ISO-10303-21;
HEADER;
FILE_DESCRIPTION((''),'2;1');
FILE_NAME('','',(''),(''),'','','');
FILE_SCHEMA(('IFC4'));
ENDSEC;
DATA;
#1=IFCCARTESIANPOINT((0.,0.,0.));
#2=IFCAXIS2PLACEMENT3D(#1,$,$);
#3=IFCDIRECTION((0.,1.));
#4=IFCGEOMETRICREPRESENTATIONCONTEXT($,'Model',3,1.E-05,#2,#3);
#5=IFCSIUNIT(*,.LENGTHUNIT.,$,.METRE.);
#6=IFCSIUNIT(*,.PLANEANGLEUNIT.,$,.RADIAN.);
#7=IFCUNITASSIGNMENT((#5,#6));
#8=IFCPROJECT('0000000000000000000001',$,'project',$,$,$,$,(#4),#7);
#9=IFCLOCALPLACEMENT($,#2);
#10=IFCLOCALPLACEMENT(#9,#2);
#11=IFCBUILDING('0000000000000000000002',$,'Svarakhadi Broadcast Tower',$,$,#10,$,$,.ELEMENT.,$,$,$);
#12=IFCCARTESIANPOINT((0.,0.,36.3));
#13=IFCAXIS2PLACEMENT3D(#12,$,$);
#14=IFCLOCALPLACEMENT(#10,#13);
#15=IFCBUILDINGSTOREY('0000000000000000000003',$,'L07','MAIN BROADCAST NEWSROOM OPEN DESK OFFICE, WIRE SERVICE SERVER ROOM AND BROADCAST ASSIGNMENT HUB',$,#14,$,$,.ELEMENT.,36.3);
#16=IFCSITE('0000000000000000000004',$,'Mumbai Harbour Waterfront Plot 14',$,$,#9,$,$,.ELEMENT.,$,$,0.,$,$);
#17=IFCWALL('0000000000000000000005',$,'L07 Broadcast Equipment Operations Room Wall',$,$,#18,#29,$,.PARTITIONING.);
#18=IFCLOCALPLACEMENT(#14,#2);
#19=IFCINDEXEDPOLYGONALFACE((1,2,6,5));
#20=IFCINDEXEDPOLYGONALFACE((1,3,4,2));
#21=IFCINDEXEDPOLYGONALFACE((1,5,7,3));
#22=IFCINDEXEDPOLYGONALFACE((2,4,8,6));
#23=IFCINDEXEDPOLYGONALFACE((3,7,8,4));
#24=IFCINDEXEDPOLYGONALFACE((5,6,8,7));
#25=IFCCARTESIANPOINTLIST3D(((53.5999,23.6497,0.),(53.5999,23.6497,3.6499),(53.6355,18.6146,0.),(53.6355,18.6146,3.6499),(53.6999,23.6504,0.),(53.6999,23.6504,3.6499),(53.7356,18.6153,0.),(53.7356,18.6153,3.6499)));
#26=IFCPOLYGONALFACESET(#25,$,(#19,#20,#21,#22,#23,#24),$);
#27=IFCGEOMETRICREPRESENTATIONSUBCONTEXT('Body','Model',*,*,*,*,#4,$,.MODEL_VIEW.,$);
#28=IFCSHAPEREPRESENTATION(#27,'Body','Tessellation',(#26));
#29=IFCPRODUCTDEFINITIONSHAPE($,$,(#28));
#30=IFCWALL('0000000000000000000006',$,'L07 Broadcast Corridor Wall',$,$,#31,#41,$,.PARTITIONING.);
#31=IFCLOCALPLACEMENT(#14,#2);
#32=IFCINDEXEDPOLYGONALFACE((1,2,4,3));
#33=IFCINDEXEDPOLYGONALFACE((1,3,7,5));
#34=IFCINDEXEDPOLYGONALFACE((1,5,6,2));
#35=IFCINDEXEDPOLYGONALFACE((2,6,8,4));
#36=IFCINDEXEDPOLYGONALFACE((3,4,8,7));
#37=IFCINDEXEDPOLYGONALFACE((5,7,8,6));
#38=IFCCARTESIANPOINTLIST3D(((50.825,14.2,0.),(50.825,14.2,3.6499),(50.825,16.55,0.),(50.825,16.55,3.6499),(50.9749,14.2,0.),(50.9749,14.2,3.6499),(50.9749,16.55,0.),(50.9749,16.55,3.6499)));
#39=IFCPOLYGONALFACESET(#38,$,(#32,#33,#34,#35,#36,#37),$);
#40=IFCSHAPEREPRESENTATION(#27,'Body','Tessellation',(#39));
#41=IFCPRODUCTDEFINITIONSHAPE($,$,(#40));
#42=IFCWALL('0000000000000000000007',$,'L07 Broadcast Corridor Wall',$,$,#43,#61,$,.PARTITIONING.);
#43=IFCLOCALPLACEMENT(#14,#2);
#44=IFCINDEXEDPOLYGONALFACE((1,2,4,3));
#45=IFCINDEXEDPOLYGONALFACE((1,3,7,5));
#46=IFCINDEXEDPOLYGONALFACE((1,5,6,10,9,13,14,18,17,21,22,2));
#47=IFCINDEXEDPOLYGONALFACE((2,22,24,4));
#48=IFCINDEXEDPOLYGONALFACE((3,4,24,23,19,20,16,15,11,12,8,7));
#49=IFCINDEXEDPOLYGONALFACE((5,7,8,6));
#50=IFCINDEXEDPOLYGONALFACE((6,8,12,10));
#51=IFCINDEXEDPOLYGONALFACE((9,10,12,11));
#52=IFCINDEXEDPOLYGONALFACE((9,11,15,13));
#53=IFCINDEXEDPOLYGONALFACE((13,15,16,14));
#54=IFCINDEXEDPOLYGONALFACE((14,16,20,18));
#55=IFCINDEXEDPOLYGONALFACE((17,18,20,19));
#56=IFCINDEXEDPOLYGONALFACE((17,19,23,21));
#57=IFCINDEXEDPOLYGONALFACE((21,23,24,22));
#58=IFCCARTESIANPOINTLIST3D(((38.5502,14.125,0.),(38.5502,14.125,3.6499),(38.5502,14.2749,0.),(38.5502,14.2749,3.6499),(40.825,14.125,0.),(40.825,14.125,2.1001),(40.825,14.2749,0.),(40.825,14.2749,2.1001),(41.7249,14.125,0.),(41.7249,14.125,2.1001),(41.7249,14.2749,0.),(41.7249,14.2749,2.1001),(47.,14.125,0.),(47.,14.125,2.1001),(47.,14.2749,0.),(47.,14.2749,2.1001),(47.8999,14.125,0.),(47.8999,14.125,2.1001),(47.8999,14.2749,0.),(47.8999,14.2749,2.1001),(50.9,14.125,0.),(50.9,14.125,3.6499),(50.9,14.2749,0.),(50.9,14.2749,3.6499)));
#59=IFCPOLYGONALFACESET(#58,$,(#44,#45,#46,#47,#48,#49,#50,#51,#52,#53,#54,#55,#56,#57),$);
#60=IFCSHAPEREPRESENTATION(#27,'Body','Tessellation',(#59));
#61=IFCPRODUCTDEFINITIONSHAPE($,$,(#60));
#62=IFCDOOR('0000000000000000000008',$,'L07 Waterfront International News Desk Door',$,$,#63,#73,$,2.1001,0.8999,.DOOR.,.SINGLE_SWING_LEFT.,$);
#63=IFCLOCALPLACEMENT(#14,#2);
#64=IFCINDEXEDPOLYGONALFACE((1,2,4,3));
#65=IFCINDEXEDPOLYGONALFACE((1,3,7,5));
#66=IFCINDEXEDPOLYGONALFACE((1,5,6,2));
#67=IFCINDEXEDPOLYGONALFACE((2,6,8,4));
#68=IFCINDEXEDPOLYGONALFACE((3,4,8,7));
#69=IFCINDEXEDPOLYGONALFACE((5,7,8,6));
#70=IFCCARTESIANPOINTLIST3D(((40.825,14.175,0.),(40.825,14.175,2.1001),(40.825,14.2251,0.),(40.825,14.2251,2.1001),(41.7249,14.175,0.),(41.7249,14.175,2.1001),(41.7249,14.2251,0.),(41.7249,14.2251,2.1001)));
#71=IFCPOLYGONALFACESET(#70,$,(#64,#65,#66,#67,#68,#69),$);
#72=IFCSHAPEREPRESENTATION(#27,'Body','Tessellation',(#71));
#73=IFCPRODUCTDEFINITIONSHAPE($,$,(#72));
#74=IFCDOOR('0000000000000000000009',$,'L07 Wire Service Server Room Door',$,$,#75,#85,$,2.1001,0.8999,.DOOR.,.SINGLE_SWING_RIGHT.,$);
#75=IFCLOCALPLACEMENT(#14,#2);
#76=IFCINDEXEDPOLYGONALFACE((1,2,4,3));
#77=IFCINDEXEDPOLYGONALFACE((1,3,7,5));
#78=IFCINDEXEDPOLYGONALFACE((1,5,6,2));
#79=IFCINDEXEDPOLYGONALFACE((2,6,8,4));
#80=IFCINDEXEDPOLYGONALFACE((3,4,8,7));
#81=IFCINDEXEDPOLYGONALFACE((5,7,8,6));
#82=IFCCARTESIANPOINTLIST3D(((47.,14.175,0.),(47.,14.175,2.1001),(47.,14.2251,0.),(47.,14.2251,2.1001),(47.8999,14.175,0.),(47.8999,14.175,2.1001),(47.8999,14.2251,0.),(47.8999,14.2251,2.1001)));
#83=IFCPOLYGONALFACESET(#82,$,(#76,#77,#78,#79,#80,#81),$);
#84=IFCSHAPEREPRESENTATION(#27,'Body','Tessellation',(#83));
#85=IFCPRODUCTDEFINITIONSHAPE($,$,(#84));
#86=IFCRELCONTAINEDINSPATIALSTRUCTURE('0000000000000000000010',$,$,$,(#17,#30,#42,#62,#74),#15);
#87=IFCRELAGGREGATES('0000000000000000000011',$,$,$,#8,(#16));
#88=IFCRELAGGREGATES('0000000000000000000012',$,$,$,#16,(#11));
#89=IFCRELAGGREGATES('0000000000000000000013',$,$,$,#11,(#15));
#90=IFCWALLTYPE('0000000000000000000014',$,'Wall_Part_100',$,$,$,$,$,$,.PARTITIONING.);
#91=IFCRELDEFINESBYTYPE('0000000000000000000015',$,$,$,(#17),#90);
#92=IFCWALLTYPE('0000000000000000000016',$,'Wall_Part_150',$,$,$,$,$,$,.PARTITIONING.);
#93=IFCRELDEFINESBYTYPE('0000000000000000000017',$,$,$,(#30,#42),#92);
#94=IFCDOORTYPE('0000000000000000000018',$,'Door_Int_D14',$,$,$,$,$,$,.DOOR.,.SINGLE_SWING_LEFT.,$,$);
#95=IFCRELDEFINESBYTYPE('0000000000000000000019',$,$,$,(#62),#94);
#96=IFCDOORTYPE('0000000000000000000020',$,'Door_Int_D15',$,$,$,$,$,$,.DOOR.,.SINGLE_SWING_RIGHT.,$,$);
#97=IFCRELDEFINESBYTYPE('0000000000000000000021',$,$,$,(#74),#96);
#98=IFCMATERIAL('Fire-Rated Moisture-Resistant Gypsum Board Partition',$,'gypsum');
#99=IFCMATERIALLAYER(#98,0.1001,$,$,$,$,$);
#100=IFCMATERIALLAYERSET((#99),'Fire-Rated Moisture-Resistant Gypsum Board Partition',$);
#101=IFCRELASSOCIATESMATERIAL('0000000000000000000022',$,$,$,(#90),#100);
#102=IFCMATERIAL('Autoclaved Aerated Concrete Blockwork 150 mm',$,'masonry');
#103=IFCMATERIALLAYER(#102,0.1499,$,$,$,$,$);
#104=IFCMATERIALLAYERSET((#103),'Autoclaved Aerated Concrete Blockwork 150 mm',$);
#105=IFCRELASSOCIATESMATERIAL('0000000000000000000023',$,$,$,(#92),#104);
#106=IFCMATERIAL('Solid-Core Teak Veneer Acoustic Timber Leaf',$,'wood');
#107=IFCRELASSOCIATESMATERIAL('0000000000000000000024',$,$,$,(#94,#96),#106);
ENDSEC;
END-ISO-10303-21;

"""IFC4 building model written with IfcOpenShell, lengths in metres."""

from ifc_helpers import new_model, si_unit, direction, frame, frame_2d, origin, place, context, subcontext, project, spatial, rectangle, extrude, material, layer, layer_set, type_object, element, fill, save


model = new_model("IFC4")

# Units and contexts
model_context = context("Model", 3, precision=1e-05, world=origin(), true_north=direction((0.0, 1.0)))
body_context = subcontext(model_context, "Body", "Model", "MODEL_VIEW")
ifc_project = project(units=[si_unit("LENGTHUNIT", "METRE"), si_unit("PLANEANGLEUNIT", "RADIAN")], contexts=[model_context])

# Site, building, storey
site_placement = place(None, origin())
site = spatial("IfcSite", under=ifc_project, at=site_placement, Name="Mumbai Harbour Waterfront Plot 14", CompositionType="ELEMENT", RefElevation=0.0)
building_placement = place(site_placement, origin())
building = spatial("IfcBuilding", under=site, at=building_placement, Name="Svarakhadi Broadcast Tower", CompositionType="ELEMENT")
storey_placement = place(building_placement, frame((0.0, 0.0, 36.3)))
storey = spatial("IfcBuildingStorey", under=building, at=storey_placement, Name="L07", Description="MAIN BROADCAST NEWSROOM OPEN DESK OFFICE, WIRE SERVICE SERVER ROOM AND BROADCAST ASSIGNMENT HUB", CompositionType="ELEMENT", Elevation=36.3)

# Walls
ifc_material_1 = material(Name="Fire-Rated Moisture-Resistant Gypsum Board Partition", Category="gypsum")
ifc_layer_1 = layer(ifc_material_1, 0.1001)
ifc_layer_set_1 = layer_set([ifc_layer_1], Name="Fire-Rated Moisture-Resistant Gypsum Board Partition")
wall_type_1 = type_object("IfcWallType", Name="Wall_Part_100", PredefinedType="PARTITIONING", material=ifc_layer_set_1)
wall_1_placement = place(storey_placement, frame((53.6855, 18.615, 0.0), z_axis=(0.0, 0.0, 1.0), x_axis=(-0.007079, 0.999975, 0.0)))
element("IfcWall", 1, at=wall_1_placement, inside=storey, type_object=wall_type_1, Name="L07 Broadcast Equipment Operations Room Wall", PredefinedType="PARTITIONING", context=body_context, shape_type="SweptSolid", body=[
    extrude(rectangle(XDim=5.0352, YDim=0.1001, at=frame_2d((2.5176, 0.0))), origin(), (0.0, 0.0, 1.0), 3.6499),
])
ifc_material_2 = material(Name="Autoclaved Aerated Concrete Blockwork 150 mm", Category="masonry")
ifc_layer_2 = layer(ifc_material_2, 0.1499)
ifc_layer_set_2 = layer_set([ifc_layer_2], Name="Autoclaved Aerated Concrete Blockwork 150 mm")
wall_type_2 = type_object("IfcWallType", Name="Wall_Part_150", PredefinedType="PARTITIONING", material=ifc_layer_set_2)
wall_2_placement = place(storey_placement, frame((50.8999, 16.55, 0.0), z_axis=(0.0, 0.0, 1.0), x_axis=(0.0, -1.0, 0.0)))
element("IfcWall", 2, at=wall_2_placement, inside=storey, type_object=wall_type_2, Name="L07 Broadcast Corridor Wall", PredefinedType="PARTITIONING", context=body_context, shape_type="SweptSolid", body=[
    extrude(rectangle(XDim=2.3501, YDim=0.1499, at=frame_2d((1.175, 0.0))), origin(), (0.0, 0.0, 1.0), 3.6499),
])

# Wall, openings, doors
wall_3_placement = place(storey_placement, frame((50.8999, 14.2, 0.0), z_axis=(0.0, 0.0, 1.0), x_axis=(-1.0, 0.0, 0.0)))
wall_3 = element("IfcWall", 3, at=wall_3_placement, inside=storey, type_object=wall_type_2, Name="L07 Broadcast Corridor Wall", PredefinedType="PARTITIONING", context=body_context, shape_type="SweptSolid", body=[
    extrude(rectangle(XDim=12.3499, YDim=0.1499, at=frame_2d((6.1748, 0.0))), origin(), (0.0, 0.0, 1.0), 3.6499),
])
opening_1_placement = place(wall_3_placement, frame((9.175, 0.0, 0.0)))
opening_1 = element("IfcOpeningElement", 4, at=opening_1_placement, cuts=wall_3, PredefinedType="OPENING", context=body_context, shape_type="SweptSolid", body=[
    extrude(rectangle(XDim=0.8999, YDim=2.1001, at=frame_2d((0.45, 1.05))), frame((0.0, 0.085, 0.0), z_axis=(0.0, -1.0, 0.0), x_axis=(1.0, 0.0, 0.0)), (0.0, 0.0, 1.0), 0.1699),
])
opening_2_placement = place(wall_3_placement, frame((3.0, 0.0, 0.0)))
opening_2 = element("IfcOpeningElement", 5, at=opening_2_placement, cuts=wall_3, PredefinedType="OPENING", context=body_context, shape_type="SweptSolid", body=[
    extrude(rectangle(XDim=0.8999, YDim=2.1001, at=frame_2d((0.45, 1.05))), frame((0.0, 0.085, 0.0), z_axis=(0.0, -1.0, 0.0), x_axis=(1.0, 0.0, 0.0)), (0.0, 0.0, 1.0), 0.1699),
])
ifc_material_3 = material(Name="Solid-Core Teak Veneer Acoustic Timber Leaf", Category="wood")
door_type_1 = type_object("IfcDoorType", Name="Door_Int_D14", OperationType="SINGLE_SWING_LEFT", PredefinedType="DOOR", material=ifc_material_3)
door_1_placement = place(opening_1_placement, origin())
door_1 = element("IfcDoor", 6, at=door_1_placement, inside=storey, type_object=door_type_1, Name="L07 Waterfront International News Desk Door", OperationType="SINGLE_SWING_LEFT", OverallHeight=2.1001, OverallWidth=0.8999, PredefinedType="DOOR", context=body_context, shape_type="SweptSolid", body=[
    extrude(rectangle(XDim=0.8999, YDim=2.1001, at=frame_2d((0.45, 1.05))), frame((0.0, 0.0249, 0.0), z_axis=(0.0, -1.0, 0.0), x_axis=(1.0, 0.0, 0.0)), (0.0, 0.0, 1.0), 0.05),
])
fill(opening_1, door_1)
door_type_2 = type_object("IfcDoorType", Name="Door_Int_D15", OperationType="SINGLE_SWING_RIGHT", PredefinedType="DOOR", material=ifc_material_3)
door_2_placement = place(opening_2_placement, origin())
door_2 = element("IfcDoor", 7, at=door_2_placement, inside=storey, type_object=door_type_2, Name="L07 Wire Service Server Room Door", OperationType="SINGLE_SWING_RIGHT", OverallHeight=2.1001, OverallWidth=0.8999, PredefinedType="DOOR", context=body_context, shape_type="SweptSolid", body=[
    extrude(rectangle(XDim=0.8999, YDim=2.1001, at=frame_2d((0.45, 1.05))), frame((0.0, 0.0249, 0.0), z_axis=(0.0, -1.0, 0.0), x_axis=(1.0, 0.0, 0.0)), (0.0, 0.0, 1.0), 0.05),
])
fill(opening_2, door_2)

save(model, "model.ifc")
